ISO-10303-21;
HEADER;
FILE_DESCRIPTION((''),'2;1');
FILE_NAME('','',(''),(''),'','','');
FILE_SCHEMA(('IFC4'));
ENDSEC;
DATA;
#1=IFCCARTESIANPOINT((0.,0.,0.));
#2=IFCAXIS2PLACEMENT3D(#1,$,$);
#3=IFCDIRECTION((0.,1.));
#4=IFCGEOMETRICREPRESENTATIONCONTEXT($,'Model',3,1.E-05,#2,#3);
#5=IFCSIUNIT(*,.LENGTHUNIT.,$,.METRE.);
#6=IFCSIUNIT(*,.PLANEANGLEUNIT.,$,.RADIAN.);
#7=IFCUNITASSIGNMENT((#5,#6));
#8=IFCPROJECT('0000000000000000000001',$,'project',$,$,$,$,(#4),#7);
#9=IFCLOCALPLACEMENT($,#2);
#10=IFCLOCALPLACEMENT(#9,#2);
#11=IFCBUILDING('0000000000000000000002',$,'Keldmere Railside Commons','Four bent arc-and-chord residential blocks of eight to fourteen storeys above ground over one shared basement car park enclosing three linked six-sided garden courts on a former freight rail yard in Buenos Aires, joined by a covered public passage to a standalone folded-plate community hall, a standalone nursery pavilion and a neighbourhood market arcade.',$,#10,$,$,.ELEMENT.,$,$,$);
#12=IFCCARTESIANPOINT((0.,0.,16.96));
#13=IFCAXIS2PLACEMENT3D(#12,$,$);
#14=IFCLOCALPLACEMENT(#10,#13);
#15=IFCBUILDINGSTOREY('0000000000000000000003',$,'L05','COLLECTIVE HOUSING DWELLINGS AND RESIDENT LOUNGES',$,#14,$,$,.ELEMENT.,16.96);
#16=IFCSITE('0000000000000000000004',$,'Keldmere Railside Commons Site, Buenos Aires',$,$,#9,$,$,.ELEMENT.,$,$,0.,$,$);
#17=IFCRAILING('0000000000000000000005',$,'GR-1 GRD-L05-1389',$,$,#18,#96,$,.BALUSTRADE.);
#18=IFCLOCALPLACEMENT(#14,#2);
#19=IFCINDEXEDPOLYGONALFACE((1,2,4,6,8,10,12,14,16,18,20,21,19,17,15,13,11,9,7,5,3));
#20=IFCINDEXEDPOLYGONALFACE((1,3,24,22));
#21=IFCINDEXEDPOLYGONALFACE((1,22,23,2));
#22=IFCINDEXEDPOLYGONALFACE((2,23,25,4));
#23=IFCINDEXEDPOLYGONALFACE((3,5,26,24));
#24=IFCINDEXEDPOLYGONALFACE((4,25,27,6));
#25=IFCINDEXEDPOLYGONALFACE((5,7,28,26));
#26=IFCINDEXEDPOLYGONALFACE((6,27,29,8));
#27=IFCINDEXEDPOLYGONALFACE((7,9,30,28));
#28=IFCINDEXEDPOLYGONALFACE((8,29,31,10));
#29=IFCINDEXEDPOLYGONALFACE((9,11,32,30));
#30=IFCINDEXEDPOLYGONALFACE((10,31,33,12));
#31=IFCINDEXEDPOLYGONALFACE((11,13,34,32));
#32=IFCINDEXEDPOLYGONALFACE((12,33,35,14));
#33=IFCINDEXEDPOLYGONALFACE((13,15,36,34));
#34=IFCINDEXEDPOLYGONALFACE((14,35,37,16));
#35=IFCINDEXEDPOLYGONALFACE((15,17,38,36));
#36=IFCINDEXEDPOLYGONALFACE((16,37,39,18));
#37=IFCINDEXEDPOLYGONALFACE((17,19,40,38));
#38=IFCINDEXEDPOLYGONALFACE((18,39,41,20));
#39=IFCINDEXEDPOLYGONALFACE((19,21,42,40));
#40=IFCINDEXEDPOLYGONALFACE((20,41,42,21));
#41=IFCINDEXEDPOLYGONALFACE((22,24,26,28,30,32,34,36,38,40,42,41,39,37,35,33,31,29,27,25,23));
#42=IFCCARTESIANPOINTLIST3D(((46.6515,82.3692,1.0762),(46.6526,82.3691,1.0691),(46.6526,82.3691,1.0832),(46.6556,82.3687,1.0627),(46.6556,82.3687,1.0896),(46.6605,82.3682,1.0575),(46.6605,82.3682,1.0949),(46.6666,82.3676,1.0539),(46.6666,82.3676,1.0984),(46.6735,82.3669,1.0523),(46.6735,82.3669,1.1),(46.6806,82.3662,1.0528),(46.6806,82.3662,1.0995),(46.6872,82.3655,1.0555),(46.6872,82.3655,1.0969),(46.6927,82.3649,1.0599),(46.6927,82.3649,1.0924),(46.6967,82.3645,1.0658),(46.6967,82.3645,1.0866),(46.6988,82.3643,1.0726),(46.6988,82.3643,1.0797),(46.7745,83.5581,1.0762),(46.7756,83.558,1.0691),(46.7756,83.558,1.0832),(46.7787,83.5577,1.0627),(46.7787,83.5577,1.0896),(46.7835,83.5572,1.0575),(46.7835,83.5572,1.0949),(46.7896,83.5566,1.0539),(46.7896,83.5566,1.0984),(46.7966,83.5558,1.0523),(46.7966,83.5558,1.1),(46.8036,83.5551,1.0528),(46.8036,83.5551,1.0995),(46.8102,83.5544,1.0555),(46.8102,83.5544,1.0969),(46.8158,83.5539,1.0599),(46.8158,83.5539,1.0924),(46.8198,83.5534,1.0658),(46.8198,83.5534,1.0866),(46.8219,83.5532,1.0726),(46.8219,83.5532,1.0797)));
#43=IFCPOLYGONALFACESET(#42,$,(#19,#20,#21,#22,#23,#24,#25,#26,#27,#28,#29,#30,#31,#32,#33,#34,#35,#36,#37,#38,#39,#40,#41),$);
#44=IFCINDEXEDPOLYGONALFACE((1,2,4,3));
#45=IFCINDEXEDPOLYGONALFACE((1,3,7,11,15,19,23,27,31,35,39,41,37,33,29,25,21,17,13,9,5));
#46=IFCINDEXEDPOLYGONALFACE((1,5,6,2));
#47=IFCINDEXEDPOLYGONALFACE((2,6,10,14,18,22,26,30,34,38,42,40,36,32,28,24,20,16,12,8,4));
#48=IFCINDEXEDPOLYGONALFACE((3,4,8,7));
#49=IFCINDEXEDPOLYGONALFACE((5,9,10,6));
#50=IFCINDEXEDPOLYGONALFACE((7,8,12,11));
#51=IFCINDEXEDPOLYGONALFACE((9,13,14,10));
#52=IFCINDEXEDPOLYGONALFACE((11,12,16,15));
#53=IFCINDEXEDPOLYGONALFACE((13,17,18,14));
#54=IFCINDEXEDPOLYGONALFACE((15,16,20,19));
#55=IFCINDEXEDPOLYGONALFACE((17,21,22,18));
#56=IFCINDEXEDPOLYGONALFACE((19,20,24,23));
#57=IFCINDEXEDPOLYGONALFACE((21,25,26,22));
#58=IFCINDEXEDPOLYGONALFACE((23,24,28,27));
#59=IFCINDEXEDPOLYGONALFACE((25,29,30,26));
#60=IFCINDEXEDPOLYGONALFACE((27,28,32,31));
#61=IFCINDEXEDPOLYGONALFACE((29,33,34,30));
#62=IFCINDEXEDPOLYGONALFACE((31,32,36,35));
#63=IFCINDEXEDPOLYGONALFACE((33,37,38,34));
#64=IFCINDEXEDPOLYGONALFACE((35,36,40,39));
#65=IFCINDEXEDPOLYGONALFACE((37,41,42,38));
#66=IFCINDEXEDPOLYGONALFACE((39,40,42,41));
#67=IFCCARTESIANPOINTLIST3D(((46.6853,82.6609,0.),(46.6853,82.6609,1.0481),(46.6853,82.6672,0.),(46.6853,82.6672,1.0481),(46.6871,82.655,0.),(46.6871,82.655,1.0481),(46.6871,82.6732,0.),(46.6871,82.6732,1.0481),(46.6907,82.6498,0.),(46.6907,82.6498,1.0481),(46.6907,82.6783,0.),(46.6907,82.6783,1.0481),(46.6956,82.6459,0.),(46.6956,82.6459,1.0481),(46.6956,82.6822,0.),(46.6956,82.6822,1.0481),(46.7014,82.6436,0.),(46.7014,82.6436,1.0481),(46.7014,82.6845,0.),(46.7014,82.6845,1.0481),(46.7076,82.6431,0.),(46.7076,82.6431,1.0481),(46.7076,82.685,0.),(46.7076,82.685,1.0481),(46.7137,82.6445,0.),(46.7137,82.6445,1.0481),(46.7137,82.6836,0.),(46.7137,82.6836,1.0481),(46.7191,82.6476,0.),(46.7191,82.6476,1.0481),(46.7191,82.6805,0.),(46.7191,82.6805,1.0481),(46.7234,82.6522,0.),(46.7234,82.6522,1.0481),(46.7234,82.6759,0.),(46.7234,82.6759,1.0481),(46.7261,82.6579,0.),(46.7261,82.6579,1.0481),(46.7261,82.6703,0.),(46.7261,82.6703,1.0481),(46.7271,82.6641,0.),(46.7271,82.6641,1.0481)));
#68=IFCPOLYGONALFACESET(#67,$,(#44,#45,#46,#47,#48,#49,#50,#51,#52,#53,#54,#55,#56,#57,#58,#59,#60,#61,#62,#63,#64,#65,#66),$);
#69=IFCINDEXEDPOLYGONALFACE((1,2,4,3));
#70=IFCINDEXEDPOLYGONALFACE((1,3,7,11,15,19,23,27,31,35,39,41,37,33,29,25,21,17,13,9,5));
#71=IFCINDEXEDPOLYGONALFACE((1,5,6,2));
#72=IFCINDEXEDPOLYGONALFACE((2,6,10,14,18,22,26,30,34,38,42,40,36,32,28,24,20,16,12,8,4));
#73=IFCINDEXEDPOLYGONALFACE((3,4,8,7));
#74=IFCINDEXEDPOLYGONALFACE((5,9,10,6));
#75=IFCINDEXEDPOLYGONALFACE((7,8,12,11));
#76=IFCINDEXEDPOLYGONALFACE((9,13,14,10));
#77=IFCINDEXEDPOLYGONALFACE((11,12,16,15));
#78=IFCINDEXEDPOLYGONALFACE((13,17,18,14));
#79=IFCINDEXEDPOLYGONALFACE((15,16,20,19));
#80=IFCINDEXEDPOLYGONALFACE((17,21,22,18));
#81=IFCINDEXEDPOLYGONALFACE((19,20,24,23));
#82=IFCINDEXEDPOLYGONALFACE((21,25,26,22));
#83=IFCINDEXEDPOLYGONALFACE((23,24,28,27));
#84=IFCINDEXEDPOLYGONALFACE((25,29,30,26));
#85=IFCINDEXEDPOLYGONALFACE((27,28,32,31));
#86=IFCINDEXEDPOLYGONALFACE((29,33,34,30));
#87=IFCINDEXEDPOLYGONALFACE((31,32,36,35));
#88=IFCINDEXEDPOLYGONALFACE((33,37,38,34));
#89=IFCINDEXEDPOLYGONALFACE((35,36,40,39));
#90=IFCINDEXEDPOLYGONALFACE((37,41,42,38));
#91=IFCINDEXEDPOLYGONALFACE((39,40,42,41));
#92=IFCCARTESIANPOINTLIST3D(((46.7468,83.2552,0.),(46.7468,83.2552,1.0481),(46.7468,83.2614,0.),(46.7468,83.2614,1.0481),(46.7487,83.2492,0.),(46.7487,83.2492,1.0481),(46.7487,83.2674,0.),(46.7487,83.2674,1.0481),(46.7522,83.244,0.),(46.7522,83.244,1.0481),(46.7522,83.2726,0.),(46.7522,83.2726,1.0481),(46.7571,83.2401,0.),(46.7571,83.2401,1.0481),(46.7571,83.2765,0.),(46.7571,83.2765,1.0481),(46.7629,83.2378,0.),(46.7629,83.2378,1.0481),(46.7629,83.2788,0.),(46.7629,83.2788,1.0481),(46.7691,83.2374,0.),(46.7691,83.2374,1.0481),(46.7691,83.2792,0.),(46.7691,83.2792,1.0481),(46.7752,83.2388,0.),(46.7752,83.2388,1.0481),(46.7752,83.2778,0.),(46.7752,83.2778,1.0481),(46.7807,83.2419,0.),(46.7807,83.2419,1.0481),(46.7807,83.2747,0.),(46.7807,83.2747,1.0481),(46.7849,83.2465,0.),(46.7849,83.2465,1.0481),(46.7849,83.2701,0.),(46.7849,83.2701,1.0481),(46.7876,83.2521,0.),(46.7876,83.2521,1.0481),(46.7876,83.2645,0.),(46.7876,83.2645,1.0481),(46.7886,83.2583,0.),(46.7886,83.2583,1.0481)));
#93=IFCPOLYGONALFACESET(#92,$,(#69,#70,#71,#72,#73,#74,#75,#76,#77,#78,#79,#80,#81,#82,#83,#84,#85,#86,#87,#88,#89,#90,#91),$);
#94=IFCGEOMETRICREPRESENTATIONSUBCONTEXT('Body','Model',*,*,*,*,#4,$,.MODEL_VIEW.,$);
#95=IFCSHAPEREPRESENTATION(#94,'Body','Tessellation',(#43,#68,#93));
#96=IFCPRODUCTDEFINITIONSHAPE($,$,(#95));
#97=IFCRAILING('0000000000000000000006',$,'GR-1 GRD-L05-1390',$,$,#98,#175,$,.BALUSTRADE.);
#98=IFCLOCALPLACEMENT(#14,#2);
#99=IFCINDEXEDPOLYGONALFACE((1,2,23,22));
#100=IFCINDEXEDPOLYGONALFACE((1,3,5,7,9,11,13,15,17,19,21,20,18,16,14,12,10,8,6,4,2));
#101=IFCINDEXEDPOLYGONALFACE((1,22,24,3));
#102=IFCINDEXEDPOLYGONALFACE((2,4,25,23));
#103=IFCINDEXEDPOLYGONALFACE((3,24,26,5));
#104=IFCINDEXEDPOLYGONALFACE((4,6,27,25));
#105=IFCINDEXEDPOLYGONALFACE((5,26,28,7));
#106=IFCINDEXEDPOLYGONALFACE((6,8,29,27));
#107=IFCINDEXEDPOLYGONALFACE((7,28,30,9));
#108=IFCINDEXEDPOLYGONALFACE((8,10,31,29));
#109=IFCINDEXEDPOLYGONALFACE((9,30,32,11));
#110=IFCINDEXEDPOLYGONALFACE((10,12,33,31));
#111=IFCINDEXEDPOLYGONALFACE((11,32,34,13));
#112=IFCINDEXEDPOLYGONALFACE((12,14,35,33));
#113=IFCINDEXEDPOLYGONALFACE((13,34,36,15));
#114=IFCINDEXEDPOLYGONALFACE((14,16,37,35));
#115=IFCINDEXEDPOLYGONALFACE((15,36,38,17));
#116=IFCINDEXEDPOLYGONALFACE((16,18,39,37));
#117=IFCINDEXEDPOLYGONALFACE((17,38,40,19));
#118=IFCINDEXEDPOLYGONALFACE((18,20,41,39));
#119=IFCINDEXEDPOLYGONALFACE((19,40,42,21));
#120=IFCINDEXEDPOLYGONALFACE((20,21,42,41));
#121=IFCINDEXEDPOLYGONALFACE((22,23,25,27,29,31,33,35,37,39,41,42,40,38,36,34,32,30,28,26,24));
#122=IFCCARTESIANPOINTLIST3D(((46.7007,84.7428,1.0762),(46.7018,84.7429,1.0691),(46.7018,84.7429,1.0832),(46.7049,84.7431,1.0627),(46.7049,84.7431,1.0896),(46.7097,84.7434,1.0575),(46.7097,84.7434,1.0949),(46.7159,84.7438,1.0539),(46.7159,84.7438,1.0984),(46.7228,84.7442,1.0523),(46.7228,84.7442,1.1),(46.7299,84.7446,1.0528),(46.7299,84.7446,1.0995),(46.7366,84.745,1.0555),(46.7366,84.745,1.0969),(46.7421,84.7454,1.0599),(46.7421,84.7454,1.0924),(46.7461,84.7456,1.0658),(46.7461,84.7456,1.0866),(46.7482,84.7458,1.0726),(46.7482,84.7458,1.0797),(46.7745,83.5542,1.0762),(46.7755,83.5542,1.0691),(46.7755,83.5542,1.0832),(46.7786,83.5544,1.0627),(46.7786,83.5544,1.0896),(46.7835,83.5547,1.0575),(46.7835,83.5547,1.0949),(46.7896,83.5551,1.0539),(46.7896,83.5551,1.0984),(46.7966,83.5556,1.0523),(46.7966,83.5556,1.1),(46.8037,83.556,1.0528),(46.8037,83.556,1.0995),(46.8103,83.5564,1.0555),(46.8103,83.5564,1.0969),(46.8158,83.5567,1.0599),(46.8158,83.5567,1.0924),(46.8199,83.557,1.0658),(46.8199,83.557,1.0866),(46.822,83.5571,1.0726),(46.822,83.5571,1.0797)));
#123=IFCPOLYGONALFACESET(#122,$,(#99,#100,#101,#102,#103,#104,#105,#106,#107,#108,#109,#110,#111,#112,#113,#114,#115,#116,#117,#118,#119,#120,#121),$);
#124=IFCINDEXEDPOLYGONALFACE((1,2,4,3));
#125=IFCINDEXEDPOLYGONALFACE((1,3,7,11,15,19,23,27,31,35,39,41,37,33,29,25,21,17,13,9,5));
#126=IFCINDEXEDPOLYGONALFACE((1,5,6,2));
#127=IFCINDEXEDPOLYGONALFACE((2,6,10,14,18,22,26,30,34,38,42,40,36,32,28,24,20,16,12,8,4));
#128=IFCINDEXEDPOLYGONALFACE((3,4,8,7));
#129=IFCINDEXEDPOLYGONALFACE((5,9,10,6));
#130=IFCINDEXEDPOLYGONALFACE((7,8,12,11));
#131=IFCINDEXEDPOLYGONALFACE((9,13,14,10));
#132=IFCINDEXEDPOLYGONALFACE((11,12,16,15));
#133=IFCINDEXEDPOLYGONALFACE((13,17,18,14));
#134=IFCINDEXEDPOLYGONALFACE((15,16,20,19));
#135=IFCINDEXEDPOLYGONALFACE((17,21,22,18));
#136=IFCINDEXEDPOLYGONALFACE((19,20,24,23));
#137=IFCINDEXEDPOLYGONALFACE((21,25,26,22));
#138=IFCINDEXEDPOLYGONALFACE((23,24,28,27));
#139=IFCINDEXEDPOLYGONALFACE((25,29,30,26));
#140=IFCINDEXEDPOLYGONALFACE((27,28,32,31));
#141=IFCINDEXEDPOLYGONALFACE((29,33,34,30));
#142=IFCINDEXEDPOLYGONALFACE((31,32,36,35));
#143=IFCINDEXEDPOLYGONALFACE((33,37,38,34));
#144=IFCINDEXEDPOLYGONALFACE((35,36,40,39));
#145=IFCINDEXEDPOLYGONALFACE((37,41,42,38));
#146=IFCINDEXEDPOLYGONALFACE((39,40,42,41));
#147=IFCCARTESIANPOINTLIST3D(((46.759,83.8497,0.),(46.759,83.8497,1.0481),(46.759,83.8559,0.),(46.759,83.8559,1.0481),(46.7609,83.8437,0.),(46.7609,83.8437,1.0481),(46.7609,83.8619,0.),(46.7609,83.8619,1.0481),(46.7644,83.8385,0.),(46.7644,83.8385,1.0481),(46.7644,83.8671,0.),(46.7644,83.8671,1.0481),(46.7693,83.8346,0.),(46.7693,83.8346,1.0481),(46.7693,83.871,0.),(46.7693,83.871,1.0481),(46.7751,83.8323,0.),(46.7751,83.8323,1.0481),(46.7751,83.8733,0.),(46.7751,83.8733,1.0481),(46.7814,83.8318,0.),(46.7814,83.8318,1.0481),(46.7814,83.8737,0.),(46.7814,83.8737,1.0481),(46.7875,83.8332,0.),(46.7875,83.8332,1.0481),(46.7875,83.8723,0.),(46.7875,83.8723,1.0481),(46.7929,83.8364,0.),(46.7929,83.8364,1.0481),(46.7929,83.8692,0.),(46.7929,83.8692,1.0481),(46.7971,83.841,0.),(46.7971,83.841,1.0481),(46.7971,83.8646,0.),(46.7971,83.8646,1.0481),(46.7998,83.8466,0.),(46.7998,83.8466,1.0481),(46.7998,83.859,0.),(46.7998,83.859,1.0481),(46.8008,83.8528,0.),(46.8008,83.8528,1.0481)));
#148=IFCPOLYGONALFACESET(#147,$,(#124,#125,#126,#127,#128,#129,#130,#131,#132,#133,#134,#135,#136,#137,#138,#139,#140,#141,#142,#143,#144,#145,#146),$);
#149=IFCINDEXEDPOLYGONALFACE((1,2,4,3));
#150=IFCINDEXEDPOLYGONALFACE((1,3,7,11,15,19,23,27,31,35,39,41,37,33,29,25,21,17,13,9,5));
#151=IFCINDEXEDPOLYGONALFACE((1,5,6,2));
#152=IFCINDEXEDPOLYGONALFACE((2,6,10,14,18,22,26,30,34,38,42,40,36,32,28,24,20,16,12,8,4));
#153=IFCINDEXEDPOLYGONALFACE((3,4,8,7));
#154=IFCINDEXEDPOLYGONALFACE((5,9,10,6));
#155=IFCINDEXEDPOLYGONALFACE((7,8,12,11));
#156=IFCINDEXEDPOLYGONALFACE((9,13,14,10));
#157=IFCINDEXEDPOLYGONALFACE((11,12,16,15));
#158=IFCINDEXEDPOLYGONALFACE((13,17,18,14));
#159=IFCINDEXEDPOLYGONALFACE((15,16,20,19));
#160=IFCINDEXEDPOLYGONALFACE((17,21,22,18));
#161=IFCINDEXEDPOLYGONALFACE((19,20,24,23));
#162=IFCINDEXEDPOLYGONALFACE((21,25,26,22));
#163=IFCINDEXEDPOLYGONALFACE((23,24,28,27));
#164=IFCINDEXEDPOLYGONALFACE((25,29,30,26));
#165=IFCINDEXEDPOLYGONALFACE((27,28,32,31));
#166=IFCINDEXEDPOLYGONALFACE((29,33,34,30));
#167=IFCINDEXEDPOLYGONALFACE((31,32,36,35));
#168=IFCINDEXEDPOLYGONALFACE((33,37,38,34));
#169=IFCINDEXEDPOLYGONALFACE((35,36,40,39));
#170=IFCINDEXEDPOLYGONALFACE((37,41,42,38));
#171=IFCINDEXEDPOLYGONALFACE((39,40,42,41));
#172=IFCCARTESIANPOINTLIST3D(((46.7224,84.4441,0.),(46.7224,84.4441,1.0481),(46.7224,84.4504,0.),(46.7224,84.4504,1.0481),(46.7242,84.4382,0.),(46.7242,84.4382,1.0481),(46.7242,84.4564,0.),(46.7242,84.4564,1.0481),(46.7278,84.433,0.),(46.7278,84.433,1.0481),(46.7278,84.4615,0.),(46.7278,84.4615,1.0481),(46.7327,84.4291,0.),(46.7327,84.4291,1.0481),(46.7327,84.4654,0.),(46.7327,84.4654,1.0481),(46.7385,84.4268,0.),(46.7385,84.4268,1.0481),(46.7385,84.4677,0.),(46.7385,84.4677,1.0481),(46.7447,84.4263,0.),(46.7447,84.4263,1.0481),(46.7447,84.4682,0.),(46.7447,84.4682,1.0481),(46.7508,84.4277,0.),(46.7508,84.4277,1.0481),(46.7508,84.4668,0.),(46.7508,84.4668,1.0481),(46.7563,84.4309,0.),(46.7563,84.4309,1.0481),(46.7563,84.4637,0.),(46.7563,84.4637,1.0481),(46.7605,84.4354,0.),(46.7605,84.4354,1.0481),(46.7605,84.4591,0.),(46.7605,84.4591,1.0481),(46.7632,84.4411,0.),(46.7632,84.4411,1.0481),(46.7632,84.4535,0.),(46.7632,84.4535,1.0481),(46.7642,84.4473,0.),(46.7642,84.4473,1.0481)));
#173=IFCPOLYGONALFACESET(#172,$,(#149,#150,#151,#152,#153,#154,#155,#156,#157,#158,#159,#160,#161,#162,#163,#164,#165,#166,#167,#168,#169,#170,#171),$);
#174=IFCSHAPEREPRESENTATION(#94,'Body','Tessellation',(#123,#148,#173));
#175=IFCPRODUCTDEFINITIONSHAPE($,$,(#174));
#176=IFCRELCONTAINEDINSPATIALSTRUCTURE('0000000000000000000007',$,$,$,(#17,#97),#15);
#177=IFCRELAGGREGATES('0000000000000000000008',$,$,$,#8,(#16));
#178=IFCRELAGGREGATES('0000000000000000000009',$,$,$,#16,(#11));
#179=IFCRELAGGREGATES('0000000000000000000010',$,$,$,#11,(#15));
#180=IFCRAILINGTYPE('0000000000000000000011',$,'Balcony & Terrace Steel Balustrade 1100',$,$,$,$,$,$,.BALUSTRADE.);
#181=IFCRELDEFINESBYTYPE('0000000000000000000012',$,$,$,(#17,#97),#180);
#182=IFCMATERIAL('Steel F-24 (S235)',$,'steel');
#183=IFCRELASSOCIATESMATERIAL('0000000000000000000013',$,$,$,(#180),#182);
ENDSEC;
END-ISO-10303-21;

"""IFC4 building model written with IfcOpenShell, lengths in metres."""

from ifc_helpers import new_model, si_unit, direction, frame, origin, origin_2d, place, context, subcontext, project, spatial, circle, extrude, material, type_object, element, save


model = new_model("IFC4")

# Units and contexts
model_context = context("Model", 3, precision=1e-05, world=origin(), true_north=direction((0.0, 1.0)))
body_context = subcontext(model_context, "Body", "Model", "MODEL_VIEW")
ifc_project = project(units=[si_unit("LENGTHUNIT", "METRE"), si_unit("PLANEANGLEUNIT", "RADIAN")], contexts=[model_context])

# Site, building, storey
site_placement = place(None, origin())
site = spatial("IfcSite", under=ifc_project, at=site_placement, Name="Keldmere Railside Commons Site, Buenos Aires", CompositionType="ELEMENT", RefElevation=0.0)
building_placement = place(site_placement, origin())
building = spatial("IfcBuilding", under=site, at=building_placement, Name="Keldmere Railside Commons", Description="Four bent arc-and-chord residential blocks of eight to fourteen storeys above ground over one shared basement car park enclosing three linked six-sided garden courts on a former freight rail yard in Buenos Aires, joined by a covered public passage to a standalone folded-plate community hall, a standalone nursery pavilion and a neighbourhood market arcade.", CompositionType="ELEMENT")
storey_placement = place(building_placement, frame((0.0, 0.0, 16.96)))
storey = spatial("IfcBuildingStorey", under=building, at=storey_placement, Name="L05", Description="COLLECTIVE HOUSING DWELLINGS AND RESIDENT LOUNGES", CompositionType="ELEMENT", Elevation=16.96)

# Shared definitions
ifc_material_1 = material(Name="Steel F-24 (S235)", Category="steel")

# Railings
railing_type = type_object("IfcRailingType", Name="Balcony & Terrace Steel Balustrade 1100", PredefinedType="BALUSTRADE", material=ifc_material_1)
railing_1_placement = place(storey_placement, frame((46.6753, 82.3667, 0.0)))
element("IfcRailing", 1, at=railing_1_placement, inside=storey, type_object=railing_type, Name="GR-1 GRD-L05-1389", PredefinedType="BALUSTRADE", context=body_context, shape_type="SweptSolid", body=[
    extrude(circle(Radius=0.0239, at=origin_2d()), frame((0.0, 0.0, 1.0762), z_axis=(0.102941, 0.994687, 0.0), x_axis=(-0.994687, 0.102941, 0.0)), (0.0, 0.0, 1.0), 1.1953),
    extrude(circle(Radius=0.021, at=origin_2d()), frame((0.0308, 0.2974, 0.0)), (0.0, 0.0, 1.0), 1.0481),
    extrude(circle(Radius=0.021, at=origin_2d()), frame((0.0923, 0.8916, 0.0)), (0.0, 0.0, 1.0), 1.0481),
])
railing_2_placement = place(storey_placement, frame((46.7983, 83.5557, 0.0)))
element("IfcRailing", 2, at=railing_2_placement, inside=storey, type_object=railing_type, Name="GR-1 GRD-L05-1390", PredefinedType="BALUSTRADE", context=body_context, shape_type="SweptSolid", body=[
    extrude(circle(Radius=0.0239, at=origin_2d()), frame((0.0, 0.0, 1.0762), z_axis=(-0.061906, 0.998082, 0.0), x_axis=(-0.998082, -0.061906, 0.0)), (0.0, 0.0, 1.0), 1.1909),
    extrude(circle(Radius=0.021, at=origin_2d()), frame((-0.0186, 0.2971, 0.0)), (0.0, 0.0, 1.0), 1.0481),
    extrude(circle(Radius=0.021, at=origin_2d()), frame((-0.0552, 0.8916, 0.0)), (0.0, 0.0, 1.0), 1.0481),
])

save(model, "model.ifc")
